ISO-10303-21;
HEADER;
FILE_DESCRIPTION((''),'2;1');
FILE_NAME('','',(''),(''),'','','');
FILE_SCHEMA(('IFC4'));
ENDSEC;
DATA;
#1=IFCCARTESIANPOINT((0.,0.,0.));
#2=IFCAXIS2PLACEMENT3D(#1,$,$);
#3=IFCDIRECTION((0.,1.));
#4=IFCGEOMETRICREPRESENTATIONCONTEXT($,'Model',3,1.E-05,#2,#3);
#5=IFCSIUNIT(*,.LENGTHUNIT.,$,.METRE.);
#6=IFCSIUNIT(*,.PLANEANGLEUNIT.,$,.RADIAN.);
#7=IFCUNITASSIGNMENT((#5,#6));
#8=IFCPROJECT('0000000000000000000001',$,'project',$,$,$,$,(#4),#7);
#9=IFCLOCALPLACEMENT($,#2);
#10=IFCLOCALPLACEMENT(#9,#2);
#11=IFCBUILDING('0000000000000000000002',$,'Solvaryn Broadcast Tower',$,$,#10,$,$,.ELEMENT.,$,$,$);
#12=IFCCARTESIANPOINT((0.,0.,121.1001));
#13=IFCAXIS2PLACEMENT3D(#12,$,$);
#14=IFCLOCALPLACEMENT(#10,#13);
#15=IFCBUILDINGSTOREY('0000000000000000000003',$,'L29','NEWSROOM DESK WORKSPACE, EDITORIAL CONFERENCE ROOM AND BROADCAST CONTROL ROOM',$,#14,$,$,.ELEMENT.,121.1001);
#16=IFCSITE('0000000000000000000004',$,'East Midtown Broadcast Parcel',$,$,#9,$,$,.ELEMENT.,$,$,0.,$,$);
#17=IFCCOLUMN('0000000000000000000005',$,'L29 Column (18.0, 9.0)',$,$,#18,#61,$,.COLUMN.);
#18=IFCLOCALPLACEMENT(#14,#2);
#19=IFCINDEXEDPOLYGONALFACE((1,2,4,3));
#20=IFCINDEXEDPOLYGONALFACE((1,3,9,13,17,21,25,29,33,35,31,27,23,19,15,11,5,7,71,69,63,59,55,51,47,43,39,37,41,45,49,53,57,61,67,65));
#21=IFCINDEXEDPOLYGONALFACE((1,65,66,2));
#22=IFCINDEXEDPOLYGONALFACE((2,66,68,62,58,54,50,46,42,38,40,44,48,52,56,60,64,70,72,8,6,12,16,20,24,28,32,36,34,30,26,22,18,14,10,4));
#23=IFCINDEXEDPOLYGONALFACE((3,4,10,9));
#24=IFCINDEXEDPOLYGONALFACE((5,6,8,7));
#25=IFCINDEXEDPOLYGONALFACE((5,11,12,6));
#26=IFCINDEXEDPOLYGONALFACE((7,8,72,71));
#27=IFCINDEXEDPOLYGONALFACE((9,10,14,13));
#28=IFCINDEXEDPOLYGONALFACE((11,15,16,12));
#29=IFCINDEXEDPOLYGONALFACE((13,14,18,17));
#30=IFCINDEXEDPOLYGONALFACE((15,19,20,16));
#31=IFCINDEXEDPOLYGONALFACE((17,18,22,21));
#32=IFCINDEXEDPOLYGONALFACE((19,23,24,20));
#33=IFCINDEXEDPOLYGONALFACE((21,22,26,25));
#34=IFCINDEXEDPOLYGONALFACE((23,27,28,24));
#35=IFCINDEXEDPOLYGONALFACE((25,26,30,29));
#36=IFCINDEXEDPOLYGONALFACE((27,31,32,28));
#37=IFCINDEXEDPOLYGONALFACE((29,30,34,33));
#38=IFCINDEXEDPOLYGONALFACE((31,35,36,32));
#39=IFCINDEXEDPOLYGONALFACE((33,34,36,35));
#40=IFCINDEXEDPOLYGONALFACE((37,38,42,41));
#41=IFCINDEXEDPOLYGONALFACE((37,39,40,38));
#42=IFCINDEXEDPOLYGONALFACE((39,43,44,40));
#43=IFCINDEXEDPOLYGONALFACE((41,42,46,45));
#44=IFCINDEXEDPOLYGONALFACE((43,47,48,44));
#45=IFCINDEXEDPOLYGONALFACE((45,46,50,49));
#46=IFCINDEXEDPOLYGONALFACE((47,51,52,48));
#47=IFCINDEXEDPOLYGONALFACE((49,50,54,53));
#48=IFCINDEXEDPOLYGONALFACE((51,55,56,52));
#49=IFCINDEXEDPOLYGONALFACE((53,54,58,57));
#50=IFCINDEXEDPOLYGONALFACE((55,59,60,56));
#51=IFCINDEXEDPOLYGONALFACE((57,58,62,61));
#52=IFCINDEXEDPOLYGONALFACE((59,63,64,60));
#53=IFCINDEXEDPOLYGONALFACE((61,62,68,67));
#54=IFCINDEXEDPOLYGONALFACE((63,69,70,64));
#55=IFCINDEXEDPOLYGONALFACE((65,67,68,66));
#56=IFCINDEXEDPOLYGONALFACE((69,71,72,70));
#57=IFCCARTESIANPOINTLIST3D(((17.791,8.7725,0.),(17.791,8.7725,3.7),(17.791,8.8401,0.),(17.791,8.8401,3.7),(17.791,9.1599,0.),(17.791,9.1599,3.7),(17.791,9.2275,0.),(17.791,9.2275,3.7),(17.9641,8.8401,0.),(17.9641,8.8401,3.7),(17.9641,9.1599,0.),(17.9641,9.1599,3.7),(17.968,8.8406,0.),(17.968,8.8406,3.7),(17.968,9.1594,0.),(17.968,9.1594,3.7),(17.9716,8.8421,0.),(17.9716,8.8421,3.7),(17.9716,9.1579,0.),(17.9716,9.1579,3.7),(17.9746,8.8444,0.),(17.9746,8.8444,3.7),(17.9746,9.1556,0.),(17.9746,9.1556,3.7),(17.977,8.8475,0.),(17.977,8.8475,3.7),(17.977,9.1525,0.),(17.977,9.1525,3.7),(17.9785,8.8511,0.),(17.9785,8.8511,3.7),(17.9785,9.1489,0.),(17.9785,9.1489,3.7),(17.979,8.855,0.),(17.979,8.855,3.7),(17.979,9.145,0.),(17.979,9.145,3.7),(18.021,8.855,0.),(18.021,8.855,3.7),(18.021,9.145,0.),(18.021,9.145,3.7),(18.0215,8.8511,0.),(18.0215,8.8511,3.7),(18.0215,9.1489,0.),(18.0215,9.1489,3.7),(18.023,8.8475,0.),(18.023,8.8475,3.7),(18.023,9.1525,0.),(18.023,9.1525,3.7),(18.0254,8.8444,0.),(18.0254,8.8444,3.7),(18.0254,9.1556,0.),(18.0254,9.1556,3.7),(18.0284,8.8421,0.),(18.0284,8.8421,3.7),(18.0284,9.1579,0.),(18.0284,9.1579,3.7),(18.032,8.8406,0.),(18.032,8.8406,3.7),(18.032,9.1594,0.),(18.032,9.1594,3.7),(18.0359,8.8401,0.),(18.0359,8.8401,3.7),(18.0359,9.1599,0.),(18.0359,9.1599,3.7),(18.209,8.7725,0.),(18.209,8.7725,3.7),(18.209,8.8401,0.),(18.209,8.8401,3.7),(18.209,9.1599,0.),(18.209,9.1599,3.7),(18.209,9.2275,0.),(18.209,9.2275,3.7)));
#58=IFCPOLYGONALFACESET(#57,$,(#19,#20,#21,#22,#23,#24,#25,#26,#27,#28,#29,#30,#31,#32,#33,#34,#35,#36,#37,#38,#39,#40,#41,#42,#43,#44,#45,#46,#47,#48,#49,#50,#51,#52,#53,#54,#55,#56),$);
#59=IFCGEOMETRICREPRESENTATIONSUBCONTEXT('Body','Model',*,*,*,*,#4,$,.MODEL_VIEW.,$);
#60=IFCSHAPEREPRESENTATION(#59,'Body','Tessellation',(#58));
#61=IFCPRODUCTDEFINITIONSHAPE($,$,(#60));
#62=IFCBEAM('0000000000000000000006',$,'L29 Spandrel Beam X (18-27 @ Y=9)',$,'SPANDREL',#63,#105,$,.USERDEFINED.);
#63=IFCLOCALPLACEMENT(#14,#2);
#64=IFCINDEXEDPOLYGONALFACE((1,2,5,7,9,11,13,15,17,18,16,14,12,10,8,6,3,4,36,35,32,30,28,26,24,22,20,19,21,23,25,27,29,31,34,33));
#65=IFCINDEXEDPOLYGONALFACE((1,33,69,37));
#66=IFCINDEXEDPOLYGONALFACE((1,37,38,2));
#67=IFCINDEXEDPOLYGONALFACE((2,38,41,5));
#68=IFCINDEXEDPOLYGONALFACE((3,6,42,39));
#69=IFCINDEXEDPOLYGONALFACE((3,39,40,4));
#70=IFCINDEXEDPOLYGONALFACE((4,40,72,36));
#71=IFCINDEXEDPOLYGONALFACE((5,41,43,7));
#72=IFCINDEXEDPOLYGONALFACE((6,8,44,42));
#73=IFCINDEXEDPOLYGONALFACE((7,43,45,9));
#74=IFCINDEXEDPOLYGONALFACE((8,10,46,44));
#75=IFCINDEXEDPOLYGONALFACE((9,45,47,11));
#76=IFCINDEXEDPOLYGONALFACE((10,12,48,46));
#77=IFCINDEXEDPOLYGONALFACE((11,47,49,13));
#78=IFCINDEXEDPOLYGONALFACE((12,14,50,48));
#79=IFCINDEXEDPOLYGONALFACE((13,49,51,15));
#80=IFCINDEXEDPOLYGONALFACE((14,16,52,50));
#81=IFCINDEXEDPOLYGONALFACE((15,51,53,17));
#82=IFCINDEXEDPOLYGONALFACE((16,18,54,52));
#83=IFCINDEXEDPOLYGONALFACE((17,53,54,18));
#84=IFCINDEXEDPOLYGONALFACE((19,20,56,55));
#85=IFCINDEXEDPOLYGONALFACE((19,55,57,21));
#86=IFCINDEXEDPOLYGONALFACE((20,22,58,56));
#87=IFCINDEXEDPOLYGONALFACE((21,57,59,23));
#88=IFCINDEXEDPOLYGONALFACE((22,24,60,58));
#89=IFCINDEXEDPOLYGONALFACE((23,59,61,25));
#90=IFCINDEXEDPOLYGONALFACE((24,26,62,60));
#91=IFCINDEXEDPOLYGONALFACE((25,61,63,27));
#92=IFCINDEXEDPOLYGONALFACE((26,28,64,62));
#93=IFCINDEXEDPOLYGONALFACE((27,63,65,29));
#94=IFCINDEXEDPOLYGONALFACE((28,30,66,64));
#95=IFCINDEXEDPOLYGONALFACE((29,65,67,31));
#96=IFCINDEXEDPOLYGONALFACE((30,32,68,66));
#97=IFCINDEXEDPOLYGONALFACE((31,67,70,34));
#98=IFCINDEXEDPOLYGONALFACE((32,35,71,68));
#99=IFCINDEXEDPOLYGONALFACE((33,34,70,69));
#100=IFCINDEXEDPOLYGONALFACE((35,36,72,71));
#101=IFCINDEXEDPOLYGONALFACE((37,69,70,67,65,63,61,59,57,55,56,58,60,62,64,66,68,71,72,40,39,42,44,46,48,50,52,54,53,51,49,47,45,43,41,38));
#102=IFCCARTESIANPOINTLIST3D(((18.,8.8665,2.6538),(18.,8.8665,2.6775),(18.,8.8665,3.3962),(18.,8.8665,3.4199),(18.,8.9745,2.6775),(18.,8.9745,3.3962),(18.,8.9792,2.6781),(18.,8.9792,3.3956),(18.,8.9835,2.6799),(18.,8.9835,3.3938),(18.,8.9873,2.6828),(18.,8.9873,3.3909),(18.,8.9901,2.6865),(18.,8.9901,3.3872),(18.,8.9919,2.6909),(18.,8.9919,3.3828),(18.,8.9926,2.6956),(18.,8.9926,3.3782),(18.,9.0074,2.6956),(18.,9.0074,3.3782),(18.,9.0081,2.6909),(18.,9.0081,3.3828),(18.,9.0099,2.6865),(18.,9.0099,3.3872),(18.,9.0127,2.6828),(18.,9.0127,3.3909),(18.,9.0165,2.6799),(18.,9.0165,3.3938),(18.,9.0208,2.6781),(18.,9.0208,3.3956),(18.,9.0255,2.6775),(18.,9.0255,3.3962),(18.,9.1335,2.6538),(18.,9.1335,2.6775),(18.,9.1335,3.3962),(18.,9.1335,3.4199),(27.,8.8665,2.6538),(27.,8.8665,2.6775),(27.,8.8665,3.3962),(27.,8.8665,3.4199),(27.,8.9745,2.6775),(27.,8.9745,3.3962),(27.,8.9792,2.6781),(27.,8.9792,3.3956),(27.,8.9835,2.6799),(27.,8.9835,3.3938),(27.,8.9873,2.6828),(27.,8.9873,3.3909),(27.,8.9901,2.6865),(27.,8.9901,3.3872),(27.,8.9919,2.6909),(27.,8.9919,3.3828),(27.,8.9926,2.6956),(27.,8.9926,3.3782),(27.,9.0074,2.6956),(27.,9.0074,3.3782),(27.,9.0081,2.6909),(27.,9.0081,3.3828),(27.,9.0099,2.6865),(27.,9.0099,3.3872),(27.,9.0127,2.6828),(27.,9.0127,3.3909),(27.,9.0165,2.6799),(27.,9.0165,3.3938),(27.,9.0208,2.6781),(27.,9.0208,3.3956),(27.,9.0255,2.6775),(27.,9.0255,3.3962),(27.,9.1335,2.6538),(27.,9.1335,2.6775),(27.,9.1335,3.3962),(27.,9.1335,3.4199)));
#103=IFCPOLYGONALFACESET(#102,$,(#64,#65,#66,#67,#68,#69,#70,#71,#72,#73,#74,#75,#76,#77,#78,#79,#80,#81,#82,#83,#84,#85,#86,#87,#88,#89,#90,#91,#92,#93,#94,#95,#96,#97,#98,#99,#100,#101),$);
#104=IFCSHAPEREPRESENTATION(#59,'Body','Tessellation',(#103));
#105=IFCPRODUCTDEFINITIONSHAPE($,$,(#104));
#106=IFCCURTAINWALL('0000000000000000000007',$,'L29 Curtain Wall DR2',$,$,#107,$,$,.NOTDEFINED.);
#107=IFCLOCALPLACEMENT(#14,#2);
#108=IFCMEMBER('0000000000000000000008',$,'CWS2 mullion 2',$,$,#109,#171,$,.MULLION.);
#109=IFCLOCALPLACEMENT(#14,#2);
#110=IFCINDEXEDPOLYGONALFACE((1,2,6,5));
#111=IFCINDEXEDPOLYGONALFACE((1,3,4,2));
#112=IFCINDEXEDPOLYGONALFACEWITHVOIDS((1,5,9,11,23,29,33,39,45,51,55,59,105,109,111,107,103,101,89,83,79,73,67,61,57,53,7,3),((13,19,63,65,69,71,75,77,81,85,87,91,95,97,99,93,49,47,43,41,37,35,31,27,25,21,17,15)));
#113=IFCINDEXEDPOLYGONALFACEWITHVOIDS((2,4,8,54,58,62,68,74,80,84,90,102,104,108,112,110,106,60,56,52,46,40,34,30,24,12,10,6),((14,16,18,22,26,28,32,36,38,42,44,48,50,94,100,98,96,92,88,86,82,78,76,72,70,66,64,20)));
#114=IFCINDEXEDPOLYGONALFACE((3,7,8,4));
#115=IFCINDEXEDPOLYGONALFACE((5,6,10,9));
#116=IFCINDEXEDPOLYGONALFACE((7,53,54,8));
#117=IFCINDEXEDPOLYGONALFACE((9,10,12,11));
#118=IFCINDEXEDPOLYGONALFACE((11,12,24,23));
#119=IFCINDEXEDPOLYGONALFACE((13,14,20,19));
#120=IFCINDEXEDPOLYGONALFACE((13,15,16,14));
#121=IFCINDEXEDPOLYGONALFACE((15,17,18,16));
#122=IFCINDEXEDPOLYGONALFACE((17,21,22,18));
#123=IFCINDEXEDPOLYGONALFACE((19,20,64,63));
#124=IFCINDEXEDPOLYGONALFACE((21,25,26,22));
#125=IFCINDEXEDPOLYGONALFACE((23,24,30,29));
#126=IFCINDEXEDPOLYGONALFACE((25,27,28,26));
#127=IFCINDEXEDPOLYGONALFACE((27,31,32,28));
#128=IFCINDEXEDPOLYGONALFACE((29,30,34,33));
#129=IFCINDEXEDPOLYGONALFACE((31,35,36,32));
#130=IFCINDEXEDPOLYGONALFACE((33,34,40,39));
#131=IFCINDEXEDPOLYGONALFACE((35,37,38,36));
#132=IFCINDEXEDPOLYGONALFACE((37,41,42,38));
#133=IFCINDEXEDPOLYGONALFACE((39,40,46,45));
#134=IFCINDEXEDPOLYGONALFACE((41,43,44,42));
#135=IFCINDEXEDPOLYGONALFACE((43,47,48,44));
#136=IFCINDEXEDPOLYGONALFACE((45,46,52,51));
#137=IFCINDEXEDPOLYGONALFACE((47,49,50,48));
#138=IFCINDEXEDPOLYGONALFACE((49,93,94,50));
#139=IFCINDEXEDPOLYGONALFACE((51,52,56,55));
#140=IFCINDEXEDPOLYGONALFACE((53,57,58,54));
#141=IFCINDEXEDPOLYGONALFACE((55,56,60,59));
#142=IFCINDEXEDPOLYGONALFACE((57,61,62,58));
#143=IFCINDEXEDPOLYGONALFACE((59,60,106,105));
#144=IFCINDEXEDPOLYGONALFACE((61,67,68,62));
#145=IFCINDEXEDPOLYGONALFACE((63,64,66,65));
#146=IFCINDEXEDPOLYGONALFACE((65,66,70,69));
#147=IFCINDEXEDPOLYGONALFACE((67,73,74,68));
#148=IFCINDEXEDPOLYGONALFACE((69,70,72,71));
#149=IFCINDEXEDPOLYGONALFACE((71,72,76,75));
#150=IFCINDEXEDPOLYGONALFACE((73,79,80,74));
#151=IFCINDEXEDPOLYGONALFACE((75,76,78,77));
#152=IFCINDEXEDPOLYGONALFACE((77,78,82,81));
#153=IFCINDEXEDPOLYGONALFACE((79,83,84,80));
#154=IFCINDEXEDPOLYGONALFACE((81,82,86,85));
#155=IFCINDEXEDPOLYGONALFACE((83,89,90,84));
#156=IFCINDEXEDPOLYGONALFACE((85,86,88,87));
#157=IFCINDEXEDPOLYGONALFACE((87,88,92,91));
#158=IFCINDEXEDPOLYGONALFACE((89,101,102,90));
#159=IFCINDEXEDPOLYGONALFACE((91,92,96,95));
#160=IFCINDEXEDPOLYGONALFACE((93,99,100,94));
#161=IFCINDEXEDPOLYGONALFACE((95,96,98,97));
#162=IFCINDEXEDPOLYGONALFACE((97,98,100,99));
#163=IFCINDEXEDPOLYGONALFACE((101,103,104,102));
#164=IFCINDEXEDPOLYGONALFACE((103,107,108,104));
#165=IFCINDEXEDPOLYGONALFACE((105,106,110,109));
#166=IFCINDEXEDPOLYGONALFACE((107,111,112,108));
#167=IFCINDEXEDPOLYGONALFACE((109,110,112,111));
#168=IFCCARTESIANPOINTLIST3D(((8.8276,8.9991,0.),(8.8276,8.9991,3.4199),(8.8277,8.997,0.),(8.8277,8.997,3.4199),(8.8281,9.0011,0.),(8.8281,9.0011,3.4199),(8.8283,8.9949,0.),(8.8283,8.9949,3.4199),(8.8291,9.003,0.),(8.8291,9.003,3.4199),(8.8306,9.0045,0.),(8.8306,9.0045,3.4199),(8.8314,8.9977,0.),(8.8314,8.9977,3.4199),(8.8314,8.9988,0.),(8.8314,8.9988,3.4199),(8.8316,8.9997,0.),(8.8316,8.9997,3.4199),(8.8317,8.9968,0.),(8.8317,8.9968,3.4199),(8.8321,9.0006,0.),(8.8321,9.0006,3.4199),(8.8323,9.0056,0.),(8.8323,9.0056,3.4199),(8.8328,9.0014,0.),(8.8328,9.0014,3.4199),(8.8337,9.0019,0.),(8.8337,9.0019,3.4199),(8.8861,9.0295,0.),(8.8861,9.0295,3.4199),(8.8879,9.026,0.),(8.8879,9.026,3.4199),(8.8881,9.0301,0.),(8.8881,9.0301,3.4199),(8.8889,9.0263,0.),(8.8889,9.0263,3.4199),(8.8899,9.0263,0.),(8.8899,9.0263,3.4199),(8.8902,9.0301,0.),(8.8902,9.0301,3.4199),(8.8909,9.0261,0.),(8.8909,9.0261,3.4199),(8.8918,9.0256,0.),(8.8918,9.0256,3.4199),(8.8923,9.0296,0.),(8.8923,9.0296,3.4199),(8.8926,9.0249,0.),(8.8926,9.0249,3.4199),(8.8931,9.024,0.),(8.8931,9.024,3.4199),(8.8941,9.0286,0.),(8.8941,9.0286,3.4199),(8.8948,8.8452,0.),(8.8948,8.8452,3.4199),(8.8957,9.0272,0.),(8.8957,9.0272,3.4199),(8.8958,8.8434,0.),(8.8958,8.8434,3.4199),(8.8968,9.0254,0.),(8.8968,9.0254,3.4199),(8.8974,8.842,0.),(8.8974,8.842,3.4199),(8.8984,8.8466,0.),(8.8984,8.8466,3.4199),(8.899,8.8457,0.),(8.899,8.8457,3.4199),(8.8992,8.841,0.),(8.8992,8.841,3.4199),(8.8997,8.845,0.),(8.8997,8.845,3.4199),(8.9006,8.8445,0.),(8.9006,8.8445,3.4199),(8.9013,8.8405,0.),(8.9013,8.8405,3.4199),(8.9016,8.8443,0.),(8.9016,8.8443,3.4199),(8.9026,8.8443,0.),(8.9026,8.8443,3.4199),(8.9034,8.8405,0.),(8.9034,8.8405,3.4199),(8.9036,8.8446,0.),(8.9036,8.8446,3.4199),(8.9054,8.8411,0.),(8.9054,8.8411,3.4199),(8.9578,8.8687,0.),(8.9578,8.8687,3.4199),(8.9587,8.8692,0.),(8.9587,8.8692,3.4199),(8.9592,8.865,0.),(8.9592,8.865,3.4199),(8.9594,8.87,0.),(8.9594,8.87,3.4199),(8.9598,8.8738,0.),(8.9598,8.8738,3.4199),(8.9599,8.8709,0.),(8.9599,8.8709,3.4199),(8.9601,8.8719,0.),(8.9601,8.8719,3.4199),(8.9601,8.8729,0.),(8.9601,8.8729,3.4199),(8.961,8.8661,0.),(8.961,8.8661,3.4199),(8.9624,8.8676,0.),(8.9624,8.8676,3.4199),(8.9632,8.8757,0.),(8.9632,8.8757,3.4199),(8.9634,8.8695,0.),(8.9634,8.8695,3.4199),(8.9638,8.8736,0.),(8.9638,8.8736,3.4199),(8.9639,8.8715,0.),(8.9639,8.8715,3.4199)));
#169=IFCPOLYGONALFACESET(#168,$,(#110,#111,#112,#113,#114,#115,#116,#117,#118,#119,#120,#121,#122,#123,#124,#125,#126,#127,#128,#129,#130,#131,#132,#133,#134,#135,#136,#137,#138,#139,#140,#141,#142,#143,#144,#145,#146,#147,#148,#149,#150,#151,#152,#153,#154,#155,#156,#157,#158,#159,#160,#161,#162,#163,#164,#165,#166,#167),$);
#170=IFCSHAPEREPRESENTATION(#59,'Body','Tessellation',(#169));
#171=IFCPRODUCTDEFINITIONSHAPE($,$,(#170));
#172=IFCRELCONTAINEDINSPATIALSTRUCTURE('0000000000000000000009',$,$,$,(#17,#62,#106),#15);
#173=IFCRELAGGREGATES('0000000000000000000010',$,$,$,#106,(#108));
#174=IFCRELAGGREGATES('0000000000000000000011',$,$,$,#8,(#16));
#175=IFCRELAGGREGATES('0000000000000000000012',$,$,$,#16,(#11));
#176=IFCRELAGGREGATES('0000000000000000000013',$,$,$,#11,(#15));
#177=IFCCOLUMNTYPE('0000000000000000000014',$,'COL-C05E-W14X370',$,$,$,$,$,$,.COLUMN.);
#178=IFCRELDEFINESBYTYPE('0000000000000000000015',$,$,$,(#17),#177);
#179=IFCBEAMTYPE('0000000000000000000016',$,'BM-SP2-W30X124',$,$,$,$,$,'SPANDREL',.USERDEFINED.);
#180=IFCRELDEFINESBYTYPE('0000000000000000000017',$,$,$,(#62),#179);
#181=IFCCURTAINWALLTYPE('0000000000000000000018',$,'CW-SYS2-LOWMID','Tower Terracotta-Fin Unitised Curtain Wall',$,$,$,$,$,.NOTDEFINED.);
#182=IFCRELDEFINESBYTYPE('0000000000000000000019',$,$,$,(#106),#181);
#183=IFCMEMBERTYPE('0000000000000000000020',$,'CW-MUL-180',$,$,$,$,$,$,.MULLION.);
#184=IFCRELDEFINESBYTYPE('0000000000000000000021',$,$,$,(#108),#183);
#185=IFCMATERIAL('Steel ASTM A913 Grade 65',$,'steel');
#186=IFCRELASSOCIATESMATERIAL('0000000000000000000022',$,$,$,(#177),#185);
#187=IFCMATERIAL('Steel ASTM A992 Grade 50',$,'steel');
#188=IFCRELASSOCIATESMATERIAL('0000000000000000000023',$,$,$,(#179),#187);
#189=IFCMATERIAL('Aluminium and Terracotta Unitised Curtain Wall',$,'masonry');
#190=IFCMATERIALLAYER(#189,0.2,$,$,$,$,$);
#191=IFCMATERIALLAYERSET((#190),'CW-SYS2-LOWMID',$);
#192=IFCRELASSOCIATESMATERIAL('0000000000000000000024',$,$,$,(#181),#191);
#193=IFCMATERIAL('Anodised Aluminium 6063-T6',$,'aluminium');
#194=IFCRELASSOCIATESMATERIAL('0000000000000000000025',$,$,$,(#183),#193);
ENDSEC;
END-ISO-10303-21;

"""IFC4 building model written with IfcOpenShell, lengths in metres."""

from ifc_helpers import new_model, si_unit, direction, frame, origin, origin_2d, place, context, subcontext, project, spatial, hollow_rectangle, i_section, extrude, material, layer, layer_set, material_profile, profile_set, type_object, element, aggregate, save


model = new_model("IFC4")

# Units and contexts
model_context = context("Model", 3, precision=1e-05, world=origin(), true_north=direction((0.0, 1.0)))
body_context = subcontext(model_context, "Body", "Model", "MODEL_VIEW")
ifc_project = project(units=[si_unit("LENGTHUNIT", "METRE"), si_unit("PLANEANGLEUNIT", "RADIAN")], contexts=[model_context])

# Site, building, storey
site_placement = place(None, origin())
site = spatial("IfcSite", under=ifc_project, at=site_placement, Name="East Midtown Broadcast Parcel", CompositionType="ELEMENT", RefElevation=0.0)
building_placement = place(site_placement, origin())
building = spatial("IfcBuilding", under=site, at=building_placement, Name="Solvaryn Broadcast Tower", CompositionType="ELEMENT")
storey_placement = place(building_placement, frame((0.0, 0.0, 121.1001)))
storey = spatial("IfcBuildingStorey", under=building, at=storey_placement, Name="L29", Description="NEWSROOM DESK WORKSPACE, EDITORIAL CONFERENCE ROOM AND BROADCAST CONTROL ROOM", CompositionType="ELEMENT", Elevation=121.1001)

# Column
ifc_material_1 = material(Name="Steel ASTM A913 Grade 65", Category="steel")
ifc_material_profile_1 = material_profile(ifc_material_1, i_section(OverallWidth=0.418, OverallDepth=0.4551, WebThickness=0.042, FlangeThickness=0.0676, FilletRadius=0.0149, at=origin_2d()))
ifc_profile_set_1 = profile_set([ifc_material_profile_1], Name="Steel ASTM A913 Grade 65")
column_type = type_object("IfcColumnType", Name="COL-C05E-W14X370", PredefinedType="COLUMN", material=ifc_profile_set_1)
column_placement = place(storey_placement, frame((18.0, 9.0, 0.0), z_axis=(0.0, 0.0, 1.0), x_axis=(1.0, 0.0, 0.0)))
element("IfcColumn", 1, at=column_placement, inside=storey, type_object=column_type, Name="L29 Column (18.0, 9.0)", PredefinedType="COLUMN", context=body_context, shape_type="SweptSolid", body=[
    extrude(i_section(OverallWidth=0.418, OverallDepth=0.4551, WebThickness=0.042, FlangeThickness=0.0676, FilletRadius=0.0149, at=origin_2d()), origin(), (0.0, 0.0, 1.0), 3.7),
])

# Beam
ifc_material_2 = material(Name="Steel ASTM A992 Grade 50", Category="steel")
ifc_material_profile_2 = material_profile(ifc_material_2, i_section(OverallWidth=0.2671, OverallDepth=0.7661, WebThickness=0.0149, FlangeThickness=0.0237, FilletRadius=0.0181, at=origin_2d()))
ifc_profile_set_2 = profile_set([ifc_material_profile_2], Name="Steel ASTM A992 Grade 50")
beam_type = type_object("IfcBeamType", Name="BM-SP2-W30X124", ElementType="SPANDREL", PredefinedType="USERDEFINED", material=ifc_profile_set_2)
beam_placement = place(storey_placement, frame((18.0, 9.0, 3.0369), z_axis=(1.0, 0.0, 0.0), x_axis=(0.0, 1.0, 0.0)))
element("IfcBeam", 2, at=beam_placement, inside=storey, type_object=beam_type, Name="L29 Spandrel Beam X (18-27 @ Y=9)", ObjectType="SPANDREL", PredefinedType="USERDEFINED", context=body_context, shape_type="SweptSolid", body=[
    extrude(i_section(OverallWidth=0.2671, OverallDepth=0.7661, WebThickness=0.0149, FlangeThickness=0.0237, FilletRadius=0.0181, at=origin_2d()), origin(), (0.0, 0.0, 1.0), 9.0),
])

# Curtain wall, member
ifc_material_3 = material(Name="Aluminium and Terracotta Unitised Curtain Wall", Category="masonry")
ifc_layer_1 = layer(ifc_material_3, 0.2)
ifc_layer_set_1 = layer_set([ifc_layer_1], Name="CW-SYS2-LOWMID")
curtain_wall_type = type_object("IfcCurtainWallType", Name="CW-SYS2-LOWMID", Description="Tower Terracotta-Fin Unitised Curtain Wall", PredefinedType="NOTDEFINED", material=ifc_layer_set_1)
curtain_wall_1_placement = place(storey_placement, origin())
curtain_wall_1 = element("IfcCurtainWall", 3, at=curtain_wall_1_placement, inside=storey, type_object=curtain_wall_type, Name="L29 Curtain Wall DR2", PredefinedType="NOTDEFINED")
ifc_material_4 = material(Name="Anodised Aluminium 6063-T6", Category="aluminium")
ifc_material_profile_3 = material_profile(ifc_material_4, hollow_rectangle(XDim=0.075, YDim=0.1799, WallThickness=0.0039, InnerFilletRadius=0.0039, OuterFilletRadius=0.0081, at=origin_2d()))
ifc_profile_set_3 = profile_set([ifc_material_profile_3], Name="Anodised Aluminium 6063-T6")
member_type_1 = type_object("IfcMemberType", Name="CW-MUL-180", PredefinedType="MULLION", material=ifc_profile_set_3)
member_1_placement = place(storey_placement, frame((8.8958, 8.9353, 0.0), z_axis=(0.0, 0.0, 1.0), x_axis=(0.913909, 0.405918, 0.0)))
member_1 = element("IfcMember", 4, at=member_1_placement, type_object=member_type_1, Name="CWS2 mullion 2", PredefinedType="MULLION", context=body_context, shape_type="SweptSolid", body=[
    extrude(hollow_rectangle(XDim=0.075, YDim=0.1799, WallThickness=0.0039, InnerFilletRadius=0.0039, OuterFilletRadius=0.0081, at=origin_2d()), origin(), (0.0, 0.0, 1.0), 3.4199),
])
aggregate(curtain_wall_1, [member_1])

save(model, "model.ifc")
